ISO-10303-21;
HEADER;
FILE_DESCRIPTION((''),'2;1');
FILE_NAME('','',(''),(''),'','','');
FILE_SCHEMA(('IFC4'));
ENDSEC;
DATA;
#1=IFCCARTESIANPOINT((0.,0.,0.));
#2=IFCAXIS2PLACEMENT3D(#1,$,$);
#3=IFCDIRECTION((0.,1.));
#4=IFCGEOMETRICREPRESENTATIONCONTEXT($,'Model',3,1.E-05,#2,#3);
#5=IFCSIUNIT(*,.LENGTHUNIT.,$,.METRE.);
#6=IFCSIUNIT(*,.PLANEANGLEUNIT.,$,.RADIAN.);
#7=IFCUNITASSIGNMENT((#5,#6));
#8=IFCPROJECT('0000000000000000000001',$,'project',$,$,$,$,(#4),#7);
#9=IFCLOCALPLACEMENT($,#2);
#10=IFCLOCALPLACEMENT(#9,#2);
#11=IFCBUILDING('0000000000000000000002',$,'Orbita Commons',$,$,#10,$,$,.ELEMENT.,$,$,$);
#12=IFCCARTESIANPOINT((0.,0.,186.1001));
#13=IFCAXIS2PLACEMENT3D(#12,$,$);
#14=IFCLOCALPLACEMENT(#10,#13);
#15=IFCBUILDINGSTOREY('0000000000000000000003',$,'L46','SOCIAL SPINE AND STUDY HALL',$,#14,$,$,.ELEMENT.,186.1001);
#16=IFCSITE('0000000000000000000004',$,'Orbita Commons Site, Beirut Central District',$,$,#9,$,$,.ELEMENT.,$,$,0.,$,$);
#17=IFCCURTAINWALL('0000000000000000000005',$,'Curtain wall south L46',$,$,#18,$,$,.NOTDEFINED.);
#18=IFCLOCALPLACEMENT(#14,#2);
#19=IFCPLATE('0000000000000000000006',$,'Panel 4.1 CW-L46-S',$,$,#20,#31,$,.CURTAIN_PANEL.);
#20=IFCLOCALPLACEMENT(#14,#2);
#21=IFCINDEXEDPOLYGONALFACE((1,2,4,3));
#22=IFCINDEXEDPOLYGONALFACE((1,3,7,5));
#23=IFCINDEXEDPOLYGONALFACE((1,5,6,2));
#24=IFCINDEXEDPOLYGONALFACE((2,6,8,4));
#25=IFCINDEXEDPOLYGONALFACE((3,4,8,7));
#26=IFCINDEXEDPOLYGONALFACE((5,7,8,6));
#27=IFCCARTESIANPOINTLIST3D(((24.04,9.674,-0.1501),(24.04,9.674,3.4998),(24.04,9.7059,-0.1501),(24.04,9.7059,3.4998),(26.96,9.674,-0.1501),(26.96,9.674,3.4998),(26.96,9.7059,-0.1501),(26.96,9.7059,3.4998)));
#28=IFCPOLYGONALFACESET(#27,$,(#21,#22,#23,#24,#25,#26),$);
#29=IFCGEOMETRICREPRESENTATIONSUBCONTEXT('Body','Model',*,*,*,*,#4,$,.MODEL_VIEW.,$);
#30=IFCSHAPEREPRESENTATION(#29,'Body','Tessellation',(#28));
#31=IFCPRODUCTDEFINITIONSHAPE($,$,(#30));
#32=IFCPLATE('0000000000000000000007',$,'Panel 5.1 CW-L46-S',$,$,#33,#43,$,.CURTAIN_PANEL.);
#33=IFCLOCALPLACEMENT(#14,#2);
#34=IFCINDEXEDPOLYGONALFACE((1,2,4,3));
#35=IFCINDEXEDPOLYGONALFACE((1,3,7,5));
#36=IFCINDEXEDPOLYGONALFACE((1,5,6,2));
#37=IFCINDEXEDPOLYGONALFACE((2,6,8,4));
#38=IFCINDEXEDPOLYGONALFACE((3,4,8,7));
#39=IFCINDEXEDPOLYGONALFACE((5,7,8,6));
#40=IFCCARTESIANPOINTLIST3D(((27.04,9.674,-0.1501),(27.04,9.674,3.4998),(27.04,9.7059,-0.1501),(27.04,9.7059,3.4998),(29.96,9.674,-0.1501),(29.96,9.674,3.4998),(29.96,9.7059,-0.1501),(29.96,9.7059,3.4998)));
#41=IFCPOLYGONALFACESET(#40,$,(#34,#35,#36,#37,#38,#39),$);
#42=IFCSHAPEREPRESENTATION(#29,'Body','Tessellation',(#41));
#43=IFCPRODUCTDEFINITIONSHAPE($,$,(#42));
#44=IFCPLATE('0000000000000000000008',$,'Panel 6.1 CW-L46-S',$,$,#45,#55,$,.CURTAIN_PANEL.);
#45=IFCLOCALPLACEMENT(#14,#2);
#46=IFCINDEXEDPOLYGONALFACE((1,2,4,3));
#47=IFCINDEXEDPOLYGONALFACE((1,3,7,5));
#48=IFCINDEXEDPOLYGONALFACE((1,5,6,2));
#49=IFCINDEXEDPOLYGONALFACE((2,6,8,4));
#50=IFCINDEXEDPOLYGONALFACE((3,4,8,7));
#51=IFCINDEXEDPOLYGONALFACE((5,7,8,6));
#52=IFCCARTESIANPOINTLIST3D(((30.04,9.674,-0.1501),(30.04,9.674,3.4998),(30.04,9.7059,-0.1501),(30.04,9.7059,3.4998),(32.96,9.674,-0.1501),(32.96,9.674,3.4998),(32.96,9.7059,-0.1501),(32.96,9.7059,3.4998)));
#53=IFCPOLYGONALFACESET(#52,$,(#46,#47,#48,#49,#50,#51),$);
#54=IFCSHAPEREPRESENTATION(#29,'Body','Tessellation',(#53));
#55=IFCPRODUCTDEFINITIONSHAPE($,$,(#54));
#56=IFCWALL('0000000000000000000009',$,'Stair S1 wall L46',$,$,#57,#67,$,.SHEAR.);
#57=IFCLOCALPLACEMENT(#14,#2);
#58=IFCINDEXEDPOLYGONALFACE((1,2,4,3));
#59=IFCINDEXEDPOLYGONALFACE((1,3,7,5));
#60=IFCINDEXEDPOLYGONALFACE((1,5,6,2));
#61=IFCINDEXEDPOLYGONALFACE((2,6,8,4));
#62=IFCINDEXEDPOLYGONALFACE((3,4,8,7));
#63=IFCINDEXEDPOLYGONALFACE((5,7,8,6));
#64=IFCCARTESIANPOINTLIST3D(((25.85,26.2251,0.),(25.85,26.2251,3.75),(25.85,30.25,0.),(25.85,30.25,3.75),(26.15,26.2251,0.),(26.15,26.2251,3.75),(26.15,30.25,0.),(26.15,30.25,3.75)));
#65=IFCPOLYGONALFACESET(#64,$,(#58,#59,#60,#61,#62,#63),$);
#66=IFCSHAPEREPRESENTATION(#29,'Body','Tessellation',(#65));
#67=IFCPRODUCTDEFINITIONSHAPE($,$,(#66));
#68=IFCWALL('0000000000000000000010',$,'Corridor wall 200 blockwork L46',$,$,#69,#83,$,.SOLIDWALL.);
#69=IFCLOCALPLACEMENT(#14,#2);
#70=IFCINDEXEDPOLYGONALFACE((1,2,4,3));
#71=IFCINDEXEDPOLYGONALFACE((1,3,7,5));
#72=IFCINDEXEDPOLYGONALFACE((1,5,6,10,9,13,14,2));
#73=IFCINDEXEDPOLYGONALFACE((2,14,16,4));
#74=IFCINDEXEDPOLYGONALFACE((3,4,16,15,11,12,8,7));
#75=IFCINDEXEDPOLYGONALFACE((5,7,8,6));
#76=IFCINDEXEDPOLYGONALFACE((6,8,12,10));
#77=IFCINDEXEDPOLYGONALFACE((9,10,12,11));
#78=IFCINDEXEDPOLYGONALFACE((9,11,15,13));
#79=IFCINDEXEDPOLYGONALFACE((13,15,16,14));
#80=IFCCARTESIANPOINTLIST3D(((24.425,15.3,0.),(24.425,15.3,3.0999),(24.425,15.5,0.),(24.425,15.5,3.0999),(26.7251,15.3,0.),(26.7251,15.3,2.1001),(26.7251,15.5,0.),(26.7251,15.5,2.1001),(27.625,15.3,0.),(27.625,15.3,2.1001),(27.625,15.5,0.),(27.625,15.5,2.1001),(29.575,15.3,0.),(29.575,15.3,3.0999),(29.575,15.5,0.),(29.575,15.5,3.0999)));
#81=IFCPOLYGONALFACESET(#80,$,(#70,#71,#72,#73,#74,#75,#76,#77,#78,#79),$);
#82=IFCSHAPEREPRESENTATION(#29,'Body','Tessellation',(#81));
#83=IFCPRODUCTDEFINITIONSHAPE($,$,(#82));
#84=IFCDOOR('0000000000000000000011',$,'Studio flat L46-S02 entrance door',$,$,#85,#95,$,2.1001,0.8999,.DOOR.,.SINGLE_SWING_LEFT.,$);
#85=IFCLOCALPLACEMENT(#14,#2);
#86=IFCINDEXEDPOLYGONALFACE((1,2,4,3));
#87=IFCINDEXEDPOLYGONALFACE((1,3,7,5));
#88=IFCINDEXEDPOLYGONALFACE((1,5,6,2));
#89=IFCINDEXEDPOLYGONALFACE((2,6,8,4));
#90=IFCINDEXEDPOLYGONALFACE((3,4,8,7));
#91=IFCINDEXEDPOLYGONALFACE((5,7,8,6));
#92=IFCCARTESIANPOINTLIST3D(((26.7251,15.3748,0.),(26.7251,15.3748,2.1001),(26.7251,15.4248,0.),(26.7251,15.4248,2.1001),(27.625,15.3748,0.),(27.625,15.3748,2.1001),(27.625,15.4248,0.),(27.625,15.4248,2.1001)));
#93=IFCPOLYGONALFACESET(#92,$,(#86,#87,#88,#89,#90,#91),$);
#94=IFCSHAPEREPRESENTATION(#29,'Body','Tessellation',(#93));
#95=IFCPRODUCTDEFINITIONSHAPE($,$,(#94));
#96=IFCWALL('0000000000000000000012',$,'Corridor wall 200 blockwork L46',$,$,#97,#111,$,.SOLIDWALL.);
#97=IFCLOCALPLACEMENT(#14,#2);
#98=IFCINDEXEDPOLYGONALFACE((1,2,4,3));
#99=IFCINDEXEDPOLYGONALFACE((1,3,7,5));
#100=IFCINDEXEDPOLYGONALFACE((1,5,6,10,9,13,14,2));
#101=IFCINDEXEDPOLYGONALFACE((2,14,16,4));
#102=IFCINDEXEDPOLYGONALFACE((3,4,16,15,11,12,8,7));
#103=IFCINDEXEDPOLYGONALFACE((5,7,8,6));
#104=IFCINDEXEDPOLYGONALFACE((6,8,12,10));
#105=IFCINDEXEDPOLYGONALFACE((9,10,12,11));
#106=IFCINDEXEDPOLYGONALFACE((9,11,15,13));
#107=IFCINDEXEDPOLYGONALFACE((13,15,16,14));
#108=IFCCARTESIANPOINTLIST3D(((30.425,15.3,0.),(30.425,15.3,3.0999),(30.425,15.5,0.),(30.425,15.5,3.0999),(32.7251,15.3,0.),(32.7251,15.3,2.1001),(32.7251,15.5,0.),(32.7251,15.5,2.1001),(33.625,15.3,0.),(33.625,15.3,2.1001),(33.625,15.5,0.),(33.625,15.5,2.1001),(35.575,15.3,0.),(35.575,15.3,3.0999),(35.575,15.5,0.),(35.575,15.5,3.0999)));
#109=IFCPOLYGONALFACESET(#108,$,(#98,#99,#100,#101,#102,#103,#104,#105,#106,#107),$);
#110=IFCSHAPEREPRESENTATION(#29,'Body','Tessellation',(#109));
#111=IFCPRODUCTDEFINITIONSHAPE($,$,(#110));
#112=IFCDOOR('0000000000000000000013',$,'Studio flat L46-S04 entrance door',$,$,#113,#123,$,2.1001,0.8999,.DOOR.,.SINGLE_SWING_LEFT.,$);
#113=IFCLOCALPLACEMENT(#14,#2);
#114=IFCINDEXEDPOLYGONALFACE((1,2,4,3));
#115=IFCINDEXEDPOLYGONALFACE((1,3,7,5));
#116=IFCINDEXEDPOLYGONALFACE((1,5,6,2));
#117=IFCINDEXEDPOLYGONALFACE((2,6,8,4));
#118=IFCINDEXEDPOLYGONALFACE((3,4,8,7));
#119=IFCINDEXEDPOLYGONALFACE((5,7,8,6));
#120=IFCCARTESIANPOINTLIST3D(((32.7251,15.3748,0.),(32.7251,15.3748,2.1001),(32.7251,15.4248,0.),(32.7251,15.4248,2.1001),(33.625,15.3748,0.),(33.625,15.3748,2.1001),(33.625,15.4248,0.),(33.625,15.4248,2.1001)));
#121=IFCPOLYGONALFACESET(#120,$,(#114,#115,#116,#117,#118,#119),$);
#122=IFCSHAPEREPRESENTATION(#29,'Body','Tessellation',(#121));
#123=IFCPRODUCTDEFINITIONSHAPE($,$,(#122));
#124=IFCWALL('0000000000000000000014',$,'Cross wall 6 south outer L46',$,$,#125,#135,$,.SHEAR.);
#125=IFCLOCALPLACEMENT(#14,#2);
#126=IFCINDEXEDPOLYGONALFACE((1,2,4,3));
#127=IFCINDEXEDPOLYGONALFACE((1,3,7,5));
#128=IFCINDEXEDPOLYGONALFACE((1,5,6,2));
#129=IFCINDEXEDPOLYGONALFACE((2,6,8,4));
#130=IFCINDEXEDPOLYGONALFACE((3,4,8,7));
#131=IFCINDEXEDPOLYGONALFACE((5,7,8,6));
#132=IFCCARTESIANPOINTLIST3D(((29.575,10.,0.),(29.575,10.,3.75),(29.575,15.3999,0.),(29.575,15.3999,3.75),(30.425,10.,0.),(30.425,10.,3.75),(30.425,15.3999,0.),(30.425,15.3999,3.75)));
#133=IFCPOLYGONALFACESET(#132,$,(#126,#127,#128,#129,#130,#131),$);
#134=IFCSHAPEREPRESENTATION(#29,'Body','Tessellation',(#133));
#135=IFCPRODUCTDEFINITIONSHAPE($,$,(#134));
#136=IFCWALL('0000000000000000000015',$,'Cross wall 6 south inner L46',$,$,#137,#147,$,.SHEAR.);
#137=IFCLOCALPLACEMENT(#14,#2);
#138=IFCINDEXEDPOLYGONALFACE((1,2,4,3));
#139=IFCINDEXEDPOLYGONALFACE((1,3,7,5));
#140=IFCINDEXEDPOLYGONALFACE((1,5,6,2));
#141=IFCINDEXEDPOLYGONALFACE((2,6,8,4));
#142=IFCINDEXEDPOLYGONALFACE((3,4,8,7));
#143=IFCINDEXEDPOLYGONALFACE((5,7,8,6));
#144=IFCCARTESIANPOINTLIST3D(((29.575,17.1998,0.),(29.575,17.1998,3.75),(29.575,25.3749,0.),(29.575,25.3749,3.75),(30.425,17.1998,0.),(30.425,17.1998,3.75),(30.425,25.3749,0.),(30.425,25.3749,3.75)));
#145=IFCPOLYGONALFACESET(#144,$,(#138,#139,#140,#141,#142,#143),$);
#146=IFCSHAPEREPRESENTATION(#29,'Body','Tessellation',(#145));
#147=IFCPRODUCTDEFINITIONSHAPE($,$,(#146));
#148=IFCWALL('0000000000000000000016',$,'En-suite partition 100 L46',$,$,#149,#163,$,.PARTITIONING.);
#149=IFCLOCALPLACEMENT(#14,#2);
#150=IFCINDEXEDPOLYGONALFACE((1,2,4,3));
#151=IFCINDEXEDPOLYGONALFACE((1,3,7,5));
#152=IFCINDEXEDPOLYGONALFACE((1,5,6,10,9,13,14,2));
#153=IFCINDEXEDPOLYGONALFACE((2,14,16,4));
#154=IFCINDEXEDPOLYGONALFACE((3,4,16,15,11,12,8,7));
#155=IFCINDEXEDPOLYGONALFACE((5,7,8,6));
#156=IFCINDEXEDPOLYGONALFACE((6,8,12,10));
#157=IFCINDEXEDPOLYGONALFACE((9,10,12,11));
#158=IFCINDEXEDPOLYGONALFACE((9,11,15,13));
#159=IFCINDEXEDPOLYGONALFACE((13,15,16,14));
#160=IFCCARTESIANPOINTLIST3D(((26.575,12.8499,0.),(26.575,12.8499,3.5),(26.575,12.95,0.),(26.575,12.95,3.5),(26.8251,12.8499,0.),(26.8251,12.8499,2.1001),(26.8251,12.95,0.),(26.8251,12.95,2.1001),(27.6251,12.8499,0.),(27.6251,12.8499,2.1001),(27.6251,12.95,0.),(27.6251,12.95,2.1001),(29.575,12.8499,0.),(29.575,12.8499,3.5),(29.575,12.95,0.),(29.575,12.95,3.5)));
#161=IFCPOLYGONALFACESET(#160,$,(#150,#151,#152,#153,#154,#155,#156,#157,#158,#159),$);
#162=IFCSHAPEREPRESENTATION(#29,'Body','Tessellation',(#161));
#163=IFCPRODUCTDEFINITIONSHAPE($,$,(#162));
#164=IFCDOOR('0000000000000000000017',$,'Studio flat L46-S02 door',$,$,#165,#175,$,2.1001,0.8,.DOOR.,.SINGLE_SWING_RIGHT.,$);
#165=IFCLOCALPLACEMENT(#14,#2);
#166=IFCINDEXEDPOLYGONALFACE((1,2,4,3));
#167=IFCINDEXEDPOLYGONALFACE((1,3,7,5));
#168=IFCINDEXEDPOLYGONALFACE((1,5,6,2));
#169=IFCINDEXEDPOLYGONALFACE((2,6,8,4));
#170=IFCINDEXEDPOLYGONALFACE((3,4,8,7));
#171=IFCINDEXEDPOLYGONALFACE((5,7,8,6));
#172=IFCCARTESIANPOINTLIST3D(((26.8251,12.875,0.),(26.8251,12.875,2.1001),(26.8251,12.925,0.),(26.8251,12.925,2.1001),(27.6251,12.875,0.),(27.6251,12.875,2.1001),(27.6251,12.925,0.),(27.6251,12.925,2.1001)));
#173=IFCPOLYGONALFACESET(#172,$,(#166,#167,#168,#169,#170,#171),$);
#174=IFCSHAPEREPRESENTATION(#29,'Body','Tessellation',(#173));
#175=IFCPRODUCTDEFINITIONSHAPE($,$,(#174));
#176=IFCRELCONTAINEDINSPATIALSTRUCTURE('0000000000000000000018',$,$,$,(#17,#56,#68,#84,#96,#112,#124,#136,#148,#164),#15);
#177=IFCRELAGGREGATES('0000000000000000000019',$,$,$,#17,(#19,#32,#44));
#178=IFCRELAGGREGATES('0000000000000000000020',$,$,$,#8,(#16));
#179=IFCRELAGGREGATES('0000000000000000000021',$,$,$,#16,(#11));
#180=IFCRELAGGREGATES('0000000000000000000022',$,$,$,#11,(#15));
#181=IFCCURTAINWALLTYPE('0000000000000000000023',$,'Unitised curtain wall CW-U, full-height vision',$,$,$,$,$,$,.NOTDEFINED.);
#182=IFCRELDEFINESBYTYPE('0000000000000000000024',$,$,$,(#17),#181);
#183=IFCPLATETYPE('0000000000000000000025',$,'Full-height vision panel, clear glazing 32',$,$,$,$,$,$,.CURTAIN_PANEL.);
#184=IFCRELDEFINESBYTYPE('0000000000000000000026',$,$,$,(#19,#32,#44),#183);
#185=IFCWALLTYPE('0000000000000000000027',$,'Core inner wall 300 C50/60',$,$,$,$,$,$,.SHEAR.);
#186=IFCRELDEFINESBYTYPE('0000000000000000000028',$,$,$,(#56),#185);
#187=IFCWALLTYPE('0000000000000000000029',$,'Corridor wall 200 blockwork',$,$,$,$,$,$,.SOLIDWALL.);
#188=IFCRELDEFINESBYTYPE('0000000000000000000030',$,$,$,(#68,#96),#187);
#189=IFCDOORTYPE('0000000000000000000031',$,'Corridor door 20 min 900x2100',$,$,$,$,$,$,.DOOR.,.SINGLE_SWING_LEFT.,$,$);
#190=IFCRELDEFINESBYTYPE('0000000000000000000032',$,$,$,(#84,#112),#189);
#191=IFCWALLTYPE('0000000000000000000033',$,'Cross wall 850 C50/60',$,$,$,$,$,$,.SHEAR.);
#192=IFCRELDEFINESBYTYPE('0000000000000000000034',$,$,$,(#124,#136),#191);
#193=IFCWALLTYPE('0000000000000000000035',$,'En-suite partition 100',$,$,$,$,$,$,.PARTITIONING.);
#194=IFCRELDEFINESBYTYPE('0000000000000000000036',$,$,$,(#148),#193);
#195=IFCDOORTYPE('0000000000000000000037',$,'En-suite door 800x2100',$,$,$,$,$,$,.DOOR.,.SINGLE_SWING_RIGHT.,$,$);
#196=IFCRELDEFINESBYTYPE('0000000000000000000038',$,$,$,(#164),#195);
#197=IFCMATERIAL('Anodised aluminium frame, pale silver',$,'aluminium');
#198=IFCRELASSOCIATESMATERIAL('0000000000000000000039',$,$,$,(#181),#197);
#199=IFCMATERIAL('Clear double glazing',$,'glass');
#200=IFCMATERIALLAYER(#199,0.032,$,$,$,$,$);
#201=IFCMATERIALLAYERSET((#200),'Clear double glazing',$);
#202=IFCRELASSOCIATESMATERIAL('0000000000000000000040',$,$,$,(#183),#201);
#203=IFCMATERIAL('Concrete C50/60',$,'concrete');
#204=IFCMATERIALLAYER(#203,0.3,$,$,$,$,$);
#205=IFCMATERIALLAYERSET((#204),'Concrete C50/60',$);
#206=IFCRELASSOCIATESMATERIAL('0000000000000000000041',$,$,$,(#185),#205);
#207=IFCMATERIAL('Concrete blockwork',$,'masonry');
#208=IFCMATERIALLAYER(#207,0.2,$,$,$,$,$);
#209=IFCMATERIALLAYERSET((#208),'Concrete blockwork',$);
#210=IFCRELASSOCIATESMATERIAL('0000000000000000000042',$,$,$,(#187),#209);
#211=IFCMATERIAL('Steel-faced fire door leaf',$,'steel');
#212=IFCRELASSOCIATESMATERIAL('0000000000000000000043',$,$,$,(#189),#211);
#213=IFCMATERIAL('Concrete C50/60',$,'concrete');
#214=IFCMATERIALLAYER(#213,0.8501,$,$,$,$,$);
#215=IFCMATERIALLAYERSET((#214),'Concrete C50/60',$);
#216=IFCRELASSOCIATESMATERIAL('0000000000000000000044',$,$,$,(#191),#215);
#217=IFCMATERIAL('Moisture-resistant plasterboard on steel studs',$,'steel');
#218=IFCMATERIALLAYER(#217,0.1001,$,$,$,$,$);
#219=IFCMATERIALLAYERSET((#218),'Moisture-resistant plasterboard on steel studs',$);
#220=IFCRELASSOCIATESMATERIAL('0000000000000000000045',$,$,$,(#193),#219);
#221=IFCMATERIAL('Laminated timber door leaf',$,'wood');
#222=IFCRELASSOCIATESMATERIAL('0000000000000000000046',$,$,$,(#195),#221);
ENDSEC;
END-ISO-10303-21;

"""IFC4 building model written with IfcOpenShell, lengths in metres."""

from ifc_helpers import new_model, si_unit, direction, frame, frame_2d, origin, origin_2d, place, context, subcontext, project, spatial, polyline, rectangle, outline, extrude, material, layer, layer_set, type_object, element, fill, aggregate, save


model = new_model("IFC4")

# Units and contexts
model_context = context("Model", 3, precision=1e-05, world=origin(), true_north=direction((0.0, 1.0)))
body_context = subcontext(model_context, "Body", "Model", "MODEL_VIEW")
ifc_project = project(units=[si_unit("LENGTHUNIT", "METRE"), si_unit("PLANEANGLEUNIT", "RADIAN")], contexts=[model_context])

# Site, building, storey
site_placement = place(None, origin())
site = spatial("IfcSite", under=ifc_project, at=site_placement, Name="Orbita Commons Site, Beirut Central District", CompositionType="ELEMENT", RefElevation=0.0)
building_placement = place(site_placement, origin())
building = spatial("IfcBuilding", under=site, at=building_placement, Name="Orbita Commons", CompositionType="ELEMENT")
storey_placement = place(building_placement, frame((0.0, 0.0, 186.1001)))
storey = spatial("IfcBuildingStorey", under=building, at=storey_placement, Name="L46", Description="SOCIAL SPINE AND STUDY HALL", CompositionType="ELEMENT", Elevation=186.1001)

# Curtain wall
ifc_material_1 = material(Name="Anodised aluminium frame, pale silver", Category="aluminium")
curtain_wall_type = type_object("IfcCurtainWallType", Name="Unitised curtain wall CW-U, full-height vision", PredefinedType="NOTDEFINED", material=ifc_material_1)
curtain_wall_placement = place(storey_placement, origin())
curtain_wall = element("IfcCurtainWall", 1, at=curtain_wall_placement, inside=storey, type_object=curtain_wall_type, Name="Curtain wall south L46", PredefinedType="NOTDEFINED")

# Plates
ifc_material_2 = material(Name="Clear double glazing", Category="glass")
ifc_layer_1 = layer(ifc_material_2, 0.032)
ifc_layer_set_1 = layer_set([ifc_layer_1], Name="Clear double glazing")
plate_type = type_object("IfcPlateType", Name="Full-height vision panel, clear glazing 32", PredefinedType="CURTAIN_PANEL", material=ifc_layer_set_1)
plate_1_placement = place(storey_placement, frame((25.5, 9.6899, -0.1501), z_axis=(0.0, 0.0, 1.0), x_axis=(1.0, 0.0, 0.0)))
plate_1 = element("IfcPlate", 2, at=plate_1_placement, type_object=plate_type, Name="Panel 4.1 CW-L46-S", PredefinedType="CURTAIN_PANEL", context=body_context, shape_type="SweptSolid", body=[
    extrude(rectangle(XDim=2.9199, YDim=0.032, at=origin_2d()), origin(), (0.0, 0.0, 1.0), 3.6499),
])
plate_2_placement = place(storey_placement, frame((28.5, 9.6899, -0.1501), z_axis=(0.0, 0.0, 1.0), x_axis=(1.0, 0.0, 0.0)))
plate_2 = element("IfcPlate", 3, at=plate_2_placement, type_object=plate_type, Name="Panel 5.1 CW-L46-S", PredefinedType="CURTAIN_PANEL", context=body_context, shape_type="SweptSolid", body=[
    extrude(rectangle(XDim=2.9199, YDim=0.032, at=origin_2d()), origin(), (0.0, 0.0, 1.0), 3.6499),
])
plate_3_placement = place(storey_placement, frame((31.5, 9.6899, -0.1501), z_axis=(0.0, 0.0, 1.0), x_axis=(1.0, 0.0, 0.0)))
plate_3 = element("IfcPlate", 4, at=plate_3_placement, type_object=plate_type, Name="Panel 6.1 CW-L46-S", PredefinedType="CURTAIN_PANEL", context=body_context, shape_type="SweptSolid", body=[
    extrude(rectangle(XDim=2.9199, YDim=0.032, at=origin_2d()), origin(), (0.0, 0.0, 1.0), 3.6499),
])
aggregate(curtain_wall, [plate_1, plate_2, plate_3])

# Wall
ifc_material_3 = material(Name="Concrete C50/60", Category="concrete")
ifc_layer_2 = layer(ifc_material_3, 0.3)
ifc_layer_set_2 = layer_set([ifc_layer_2], Name="Concrete C50/60")
wall_type_1 = type_object("IfcWallType", Name="Core inner wall 300 C50/60", PredefinedType="SHEAR", material=ifc_layer_set_2)
wall_1_placement = place(storey_placement, frame((26.0, 26.2251, 0.0), z_axis=(0.0, 0.0, 1.0), x_axis=(0.0, 1.0, 0.0)))
element("IfcWall", 5, at=wall_1_placement, inside=storey, type_object=wall_type_1, Name="Stair S1 wall L46", PredefinedType="SHEAR", context=body_context, shape_type="SweptSolid", body=[
    extrude(rectangle(XDim=4.0249, YDim=0.3, at=frame_2d((2.0125, 0.0))), origin(), (0.0, 0.0, 1.0), 3.75),
])

# Walls, openings, doors
ifc_material_4 = material(Name="Concrete blockwork", Category="masonry")
ifc_layer_3 = layer(ifc_material_4, 0.2)
ifc_layer_set_3 = layer_set([ifc_layer_3], Name="Concrete blockwork")
wall_type_2 = type_object("IfcWallType", Name="Corridor wall 200 blockwork", PredefinedType="SOLIDWALL", material=ifc_layer_set_3)
wall_2_placement = place(storey_placement, frame((24.425, 15.3999, 0.0), z_axis=(0.0, 0.0, 1.0), x_axis=(1.0, 0.0, 0.0)))
wall_2 = element("IfcWall", 6, at=wall_2_placement, inside=storey, type_object=wall_type_2, Name="Corridor wall 200 blockwork L46", PredefinedType="SOLIDWALL", context=body_context, shape_type="SweptSolid", body=[
    extrude(outline(polyline([(0.0, 0.0), (5.1499, 0.0), (5.1499, 3.0999), (0.0, 3.0999), (0.0, 0.0)])), frame((0.0, 0.1001, 0.0), z_axis=(0.0, -1.0, 0.0), x_axis=(1.0, 0.0, 0.0)), (0.0, 0.0, 1.0), 0.2),
])
opening_1_placement = place(wall_2_placement, frame((2.3, 0.0, 0.0)))
opening_1 = element("IfcOpeningElement", 7, at=opening_1_placement, cuts=wall_2, PredefinedType="OPENING", context=body_context, shape_type="SweptSolid", body=[
    extrude(rectangle(XDim=0.8999, YDim=2.1001, at=frame_2d((0.45, 1.05))), frame((0.0, 0.1099, 0.0), z_axis=(0.0, -1.0, 0.0), x_axis=(1.0, 0.0, 0.0)), (0.0, 0.0, 1.0), 0.22),
])
ifc_material_5 = material(Name="Steel-faced fire door leaf", Category="steel")
door_type_1 = type_object("IfcDoorType", Name="Corridor door 20 min 900x2100", OperationType="SINGLE_SWING_LEFT", PredefinedType="DOOR", material=ifc_material_5)
door_1_placement = place(opening_1_placement, origin())
door_1 = element("IfcDoor", 8, at=door_1_placement, inside=storey, type_object=door_type_1, Name="Studio flat L46-S02 entrance door", OperationType="SINGLE_SWING_LEFT", OverallHeight=2.1001, OverallWidth=0.8999, PredefinedType="DOOR", context=body_context, shape_type="SweptSolid", body=[
    extrude(rectangle(XDim=0.8999, YDim=2.1001, at=frame_2d((0.45, 1.05))), frame((0.0, 0.0249, 0.0), z_axis=(0.0, -1.0, 0.0), x_axis=(1.0, 0.0, 0.0)), (0.0, 0.0, 1.0), 0.05),
])
fill(opening_1, door_1)
wall_3_placement = place(storey_placement, frame((30.425, 15.3999, 0.0), z_axis=(0.0, 0.0, 1.0), x_axis=(1.0, 0.0, 0.0)))
wall_3 = element("IfcWall", 9, at=wall_3_placement, inside=storey, type_object=wall_type_2, Name="Corridor wall 200 blockwork L46", PredefinedType="SOLIDWALL", context=body_context, shape_type="SweptSolid", body=[
    extrude(outline(polyline([(0.0, 0.0), (5.1499, 0.0), (5.1499, 3.0999), (0.0, 3.0999), (0.0, 0.0)])), frame((0.0, 0.1001, 0.0), z_axis=(0.0, -1.0, 0.0), x_axis=(1.0, 0.0, 0.0)), (0.0, 0.0, 1.0), 0.2),
])
opening_2_placement = place(wall_3_placement, frame((2.3, 0.0, 0.0)))
opening_2 = element("IfcOpeningElement", 10, at=opening_2_placement, cuts=wall_3, PredefinedType="OPENING", context=body_context, shape_type="SweptSolid", body=[
    extrude(rectangle(XDim=0.8999, YDim=2.1001, at=frame_2d((0.45, 1.05))), frame((0.0, 0.1099, 0.0), z_axis=(0.0, -1.0, 0.0), x_axis=(1.0, 0.0, 0.0)), (0.0, 0.0, 1.0), 0.22),
])
door_2_placement = place(opening_2_placement, origin())
door_2 = element("IfcDoor", 11, at=door_2_placement, inside=storey, type_object=door_type_1, Name="Studio flat L46-S04 entrance door", OperationType="SINGLE_SWING_LEFT", OverallHeight=2.1001, OverallWidth=0.8999, PredefinedType="DOOR", context=body_context, shape_type="SweptSolid", body=[
    extrude(rectangle(XDim=0.8999, YDim=2.1001, at=frame_2d((0.45, 1.05))), frame((0.0, 0.0249, 0.0), z_axis=(0.0, -1.0, 0.0), x_axis=(1.0, 0.0, 0.0)), (0.0, 0.0, 1.0), 0.05),
])
fill(opening_2, door_2)

# Walls
ifc_material_6 = material(Name="Concrete C50/60", Category="concrete")
ifc_layer_4 = layer(ifc_material_6, 0.8501)
ifc_layer_set_4 = layer_set([ifc_layer_4], Name="Concrete C50/60")
wall_type_3 = type_object("IfcWallType", Name="Cross wall 850 C50/60", PredefinedType="SHEAR", material=ifc_layer_set_4)
wall_4_placement = place(storey_placement, frame((30.0, 10.0, 0.0), z_axis=(0.0, 0.0, 1.0), x_axis=(0.0, 1.0, 0.0)))
element("IfcWall", 12, at=wall_4_placement, inside=storey, type_object=wall_type_3, Name="Cross wall 6 south outer L46", PredefinedType="SHEAR", context=body_context, shape_type="SweptSolid", body=[
    extrude(rectangle(XDim=5.3999, YDim=0.8501, at=frame_2d((2.7, 0.0))), origin(), (0.0, 0.0, 1.0), 3.75),
])
wall_5_placement = place(storey_placement, frame((30.0, 17.2, 0.0), z_axis=(0.0, 0.0, 1.0), x_axis=(0.0, 1.0, 0.0)))
element("IfcWall", 13, at=wall_5_placement, inside=storey, type_object=wall_type_3, Name="Cross wall 6 south inner L46", PredefinedType="SHEAR", context=body_context, shape_type="SweptSolid", body=[
    extrude(rectangle(XDim=8.175, YDim=0.8501, at=frame_2d((4.0874, 0.0))), origin(), (0.0, 0.0, 1.0), 3.75),
])

# Wall, opening, door
ifc_material_7 = material(Name="Moisture-resistant plasterboard on steel studs", Category="steel")
ifc_layer_5 = layer(ifc_material_7, 0.1001)
ifc_layer_set_5 = layer_set([ifc_layer_5], Name="Moisture-resistant plasterboard on steel studs")
wall_type_4 = type_object("IfcWallType", Name="En-suite partition 100", PredefinedType="PARTITIONING", material=ifc_layer_set_5)
wall_6_placement = place(storey_placement, frame((29.575, 12.8999, 0.0), z_axis=(0.0, 0.0, 1.0), x_axis=(-1.0, 0.0, 0.0)))
wall_6 = element("IfcWall", 14, at=wall_6_placement, inside=storey, type_object=wall_type_4, Name="En-suite partition 100 L46", PredefinedType="PARTITIONING", context=body_context, shape_type="SweptSolid", body=[
    extrude(rectangle(XDim=3.0, YDim=0.1001, at=frame_2d((1.5, 0.0))), origin(), (0.0, 0.0, 1.0), 3.5),
])
opening_3_placement = place(wall_6_placement, frame((1.95, 0.0, 0.0)))
opening_3 = element("IfcOpeningElement", 15, at=opening_3_placement, cuts=wall_6, PredefinedType="OPENING", context=body_context, shape_type="SweptSolid", body=[
    extrude(rectangle(XDim=0.8, YDim=2.1001, at=frame_2d((0.3999, 1.05))), frame((0.0, 0.0601, 0.0), z_axis=(0.0, -1.0, 0.0), x_axis=(1.0, 0.0, 0.0)), (0.0, 0.0, 1.0), 0.1201),
])
ifc_material_8 = material(Name="Laminated timber door leaf", Category="wood")
door_type_2 = type_object("IfcDoorType", Name="En-suite door 800x2100", OperationType="SINGLE_SWING_RIGHT", PredefinedType="DOOR", material=ifc_material_8)
door_3_placement = place(opening_3_placement, origin())
door_3 = element("IfcDoor", 16, at=door_3_placement, inside=storey, type_object=door_type_2, Name="Studio flat L46-S02 door", OperationType="SINGLE_SWING_RIGHT", OverallHeight=2.1001, OverallWidth=0.8, PredefinedType="DOOR", context=body_context, shape_type="SweptSolid", body=[
    extrude(rectangle(XDim=0.8, YDim=2.1001, at=frame_2d((0.3999, 1.05))), frame((0.0, 0.0249, 0.0), z_axis=(0.0, -1.0, 0.0), x_axis=(1.0, 0.0, 0.0)), (0.0, 0.0, 1.0), 0.05),
])
fill(opening_3, door_3)

save(model, "model.ifc")
